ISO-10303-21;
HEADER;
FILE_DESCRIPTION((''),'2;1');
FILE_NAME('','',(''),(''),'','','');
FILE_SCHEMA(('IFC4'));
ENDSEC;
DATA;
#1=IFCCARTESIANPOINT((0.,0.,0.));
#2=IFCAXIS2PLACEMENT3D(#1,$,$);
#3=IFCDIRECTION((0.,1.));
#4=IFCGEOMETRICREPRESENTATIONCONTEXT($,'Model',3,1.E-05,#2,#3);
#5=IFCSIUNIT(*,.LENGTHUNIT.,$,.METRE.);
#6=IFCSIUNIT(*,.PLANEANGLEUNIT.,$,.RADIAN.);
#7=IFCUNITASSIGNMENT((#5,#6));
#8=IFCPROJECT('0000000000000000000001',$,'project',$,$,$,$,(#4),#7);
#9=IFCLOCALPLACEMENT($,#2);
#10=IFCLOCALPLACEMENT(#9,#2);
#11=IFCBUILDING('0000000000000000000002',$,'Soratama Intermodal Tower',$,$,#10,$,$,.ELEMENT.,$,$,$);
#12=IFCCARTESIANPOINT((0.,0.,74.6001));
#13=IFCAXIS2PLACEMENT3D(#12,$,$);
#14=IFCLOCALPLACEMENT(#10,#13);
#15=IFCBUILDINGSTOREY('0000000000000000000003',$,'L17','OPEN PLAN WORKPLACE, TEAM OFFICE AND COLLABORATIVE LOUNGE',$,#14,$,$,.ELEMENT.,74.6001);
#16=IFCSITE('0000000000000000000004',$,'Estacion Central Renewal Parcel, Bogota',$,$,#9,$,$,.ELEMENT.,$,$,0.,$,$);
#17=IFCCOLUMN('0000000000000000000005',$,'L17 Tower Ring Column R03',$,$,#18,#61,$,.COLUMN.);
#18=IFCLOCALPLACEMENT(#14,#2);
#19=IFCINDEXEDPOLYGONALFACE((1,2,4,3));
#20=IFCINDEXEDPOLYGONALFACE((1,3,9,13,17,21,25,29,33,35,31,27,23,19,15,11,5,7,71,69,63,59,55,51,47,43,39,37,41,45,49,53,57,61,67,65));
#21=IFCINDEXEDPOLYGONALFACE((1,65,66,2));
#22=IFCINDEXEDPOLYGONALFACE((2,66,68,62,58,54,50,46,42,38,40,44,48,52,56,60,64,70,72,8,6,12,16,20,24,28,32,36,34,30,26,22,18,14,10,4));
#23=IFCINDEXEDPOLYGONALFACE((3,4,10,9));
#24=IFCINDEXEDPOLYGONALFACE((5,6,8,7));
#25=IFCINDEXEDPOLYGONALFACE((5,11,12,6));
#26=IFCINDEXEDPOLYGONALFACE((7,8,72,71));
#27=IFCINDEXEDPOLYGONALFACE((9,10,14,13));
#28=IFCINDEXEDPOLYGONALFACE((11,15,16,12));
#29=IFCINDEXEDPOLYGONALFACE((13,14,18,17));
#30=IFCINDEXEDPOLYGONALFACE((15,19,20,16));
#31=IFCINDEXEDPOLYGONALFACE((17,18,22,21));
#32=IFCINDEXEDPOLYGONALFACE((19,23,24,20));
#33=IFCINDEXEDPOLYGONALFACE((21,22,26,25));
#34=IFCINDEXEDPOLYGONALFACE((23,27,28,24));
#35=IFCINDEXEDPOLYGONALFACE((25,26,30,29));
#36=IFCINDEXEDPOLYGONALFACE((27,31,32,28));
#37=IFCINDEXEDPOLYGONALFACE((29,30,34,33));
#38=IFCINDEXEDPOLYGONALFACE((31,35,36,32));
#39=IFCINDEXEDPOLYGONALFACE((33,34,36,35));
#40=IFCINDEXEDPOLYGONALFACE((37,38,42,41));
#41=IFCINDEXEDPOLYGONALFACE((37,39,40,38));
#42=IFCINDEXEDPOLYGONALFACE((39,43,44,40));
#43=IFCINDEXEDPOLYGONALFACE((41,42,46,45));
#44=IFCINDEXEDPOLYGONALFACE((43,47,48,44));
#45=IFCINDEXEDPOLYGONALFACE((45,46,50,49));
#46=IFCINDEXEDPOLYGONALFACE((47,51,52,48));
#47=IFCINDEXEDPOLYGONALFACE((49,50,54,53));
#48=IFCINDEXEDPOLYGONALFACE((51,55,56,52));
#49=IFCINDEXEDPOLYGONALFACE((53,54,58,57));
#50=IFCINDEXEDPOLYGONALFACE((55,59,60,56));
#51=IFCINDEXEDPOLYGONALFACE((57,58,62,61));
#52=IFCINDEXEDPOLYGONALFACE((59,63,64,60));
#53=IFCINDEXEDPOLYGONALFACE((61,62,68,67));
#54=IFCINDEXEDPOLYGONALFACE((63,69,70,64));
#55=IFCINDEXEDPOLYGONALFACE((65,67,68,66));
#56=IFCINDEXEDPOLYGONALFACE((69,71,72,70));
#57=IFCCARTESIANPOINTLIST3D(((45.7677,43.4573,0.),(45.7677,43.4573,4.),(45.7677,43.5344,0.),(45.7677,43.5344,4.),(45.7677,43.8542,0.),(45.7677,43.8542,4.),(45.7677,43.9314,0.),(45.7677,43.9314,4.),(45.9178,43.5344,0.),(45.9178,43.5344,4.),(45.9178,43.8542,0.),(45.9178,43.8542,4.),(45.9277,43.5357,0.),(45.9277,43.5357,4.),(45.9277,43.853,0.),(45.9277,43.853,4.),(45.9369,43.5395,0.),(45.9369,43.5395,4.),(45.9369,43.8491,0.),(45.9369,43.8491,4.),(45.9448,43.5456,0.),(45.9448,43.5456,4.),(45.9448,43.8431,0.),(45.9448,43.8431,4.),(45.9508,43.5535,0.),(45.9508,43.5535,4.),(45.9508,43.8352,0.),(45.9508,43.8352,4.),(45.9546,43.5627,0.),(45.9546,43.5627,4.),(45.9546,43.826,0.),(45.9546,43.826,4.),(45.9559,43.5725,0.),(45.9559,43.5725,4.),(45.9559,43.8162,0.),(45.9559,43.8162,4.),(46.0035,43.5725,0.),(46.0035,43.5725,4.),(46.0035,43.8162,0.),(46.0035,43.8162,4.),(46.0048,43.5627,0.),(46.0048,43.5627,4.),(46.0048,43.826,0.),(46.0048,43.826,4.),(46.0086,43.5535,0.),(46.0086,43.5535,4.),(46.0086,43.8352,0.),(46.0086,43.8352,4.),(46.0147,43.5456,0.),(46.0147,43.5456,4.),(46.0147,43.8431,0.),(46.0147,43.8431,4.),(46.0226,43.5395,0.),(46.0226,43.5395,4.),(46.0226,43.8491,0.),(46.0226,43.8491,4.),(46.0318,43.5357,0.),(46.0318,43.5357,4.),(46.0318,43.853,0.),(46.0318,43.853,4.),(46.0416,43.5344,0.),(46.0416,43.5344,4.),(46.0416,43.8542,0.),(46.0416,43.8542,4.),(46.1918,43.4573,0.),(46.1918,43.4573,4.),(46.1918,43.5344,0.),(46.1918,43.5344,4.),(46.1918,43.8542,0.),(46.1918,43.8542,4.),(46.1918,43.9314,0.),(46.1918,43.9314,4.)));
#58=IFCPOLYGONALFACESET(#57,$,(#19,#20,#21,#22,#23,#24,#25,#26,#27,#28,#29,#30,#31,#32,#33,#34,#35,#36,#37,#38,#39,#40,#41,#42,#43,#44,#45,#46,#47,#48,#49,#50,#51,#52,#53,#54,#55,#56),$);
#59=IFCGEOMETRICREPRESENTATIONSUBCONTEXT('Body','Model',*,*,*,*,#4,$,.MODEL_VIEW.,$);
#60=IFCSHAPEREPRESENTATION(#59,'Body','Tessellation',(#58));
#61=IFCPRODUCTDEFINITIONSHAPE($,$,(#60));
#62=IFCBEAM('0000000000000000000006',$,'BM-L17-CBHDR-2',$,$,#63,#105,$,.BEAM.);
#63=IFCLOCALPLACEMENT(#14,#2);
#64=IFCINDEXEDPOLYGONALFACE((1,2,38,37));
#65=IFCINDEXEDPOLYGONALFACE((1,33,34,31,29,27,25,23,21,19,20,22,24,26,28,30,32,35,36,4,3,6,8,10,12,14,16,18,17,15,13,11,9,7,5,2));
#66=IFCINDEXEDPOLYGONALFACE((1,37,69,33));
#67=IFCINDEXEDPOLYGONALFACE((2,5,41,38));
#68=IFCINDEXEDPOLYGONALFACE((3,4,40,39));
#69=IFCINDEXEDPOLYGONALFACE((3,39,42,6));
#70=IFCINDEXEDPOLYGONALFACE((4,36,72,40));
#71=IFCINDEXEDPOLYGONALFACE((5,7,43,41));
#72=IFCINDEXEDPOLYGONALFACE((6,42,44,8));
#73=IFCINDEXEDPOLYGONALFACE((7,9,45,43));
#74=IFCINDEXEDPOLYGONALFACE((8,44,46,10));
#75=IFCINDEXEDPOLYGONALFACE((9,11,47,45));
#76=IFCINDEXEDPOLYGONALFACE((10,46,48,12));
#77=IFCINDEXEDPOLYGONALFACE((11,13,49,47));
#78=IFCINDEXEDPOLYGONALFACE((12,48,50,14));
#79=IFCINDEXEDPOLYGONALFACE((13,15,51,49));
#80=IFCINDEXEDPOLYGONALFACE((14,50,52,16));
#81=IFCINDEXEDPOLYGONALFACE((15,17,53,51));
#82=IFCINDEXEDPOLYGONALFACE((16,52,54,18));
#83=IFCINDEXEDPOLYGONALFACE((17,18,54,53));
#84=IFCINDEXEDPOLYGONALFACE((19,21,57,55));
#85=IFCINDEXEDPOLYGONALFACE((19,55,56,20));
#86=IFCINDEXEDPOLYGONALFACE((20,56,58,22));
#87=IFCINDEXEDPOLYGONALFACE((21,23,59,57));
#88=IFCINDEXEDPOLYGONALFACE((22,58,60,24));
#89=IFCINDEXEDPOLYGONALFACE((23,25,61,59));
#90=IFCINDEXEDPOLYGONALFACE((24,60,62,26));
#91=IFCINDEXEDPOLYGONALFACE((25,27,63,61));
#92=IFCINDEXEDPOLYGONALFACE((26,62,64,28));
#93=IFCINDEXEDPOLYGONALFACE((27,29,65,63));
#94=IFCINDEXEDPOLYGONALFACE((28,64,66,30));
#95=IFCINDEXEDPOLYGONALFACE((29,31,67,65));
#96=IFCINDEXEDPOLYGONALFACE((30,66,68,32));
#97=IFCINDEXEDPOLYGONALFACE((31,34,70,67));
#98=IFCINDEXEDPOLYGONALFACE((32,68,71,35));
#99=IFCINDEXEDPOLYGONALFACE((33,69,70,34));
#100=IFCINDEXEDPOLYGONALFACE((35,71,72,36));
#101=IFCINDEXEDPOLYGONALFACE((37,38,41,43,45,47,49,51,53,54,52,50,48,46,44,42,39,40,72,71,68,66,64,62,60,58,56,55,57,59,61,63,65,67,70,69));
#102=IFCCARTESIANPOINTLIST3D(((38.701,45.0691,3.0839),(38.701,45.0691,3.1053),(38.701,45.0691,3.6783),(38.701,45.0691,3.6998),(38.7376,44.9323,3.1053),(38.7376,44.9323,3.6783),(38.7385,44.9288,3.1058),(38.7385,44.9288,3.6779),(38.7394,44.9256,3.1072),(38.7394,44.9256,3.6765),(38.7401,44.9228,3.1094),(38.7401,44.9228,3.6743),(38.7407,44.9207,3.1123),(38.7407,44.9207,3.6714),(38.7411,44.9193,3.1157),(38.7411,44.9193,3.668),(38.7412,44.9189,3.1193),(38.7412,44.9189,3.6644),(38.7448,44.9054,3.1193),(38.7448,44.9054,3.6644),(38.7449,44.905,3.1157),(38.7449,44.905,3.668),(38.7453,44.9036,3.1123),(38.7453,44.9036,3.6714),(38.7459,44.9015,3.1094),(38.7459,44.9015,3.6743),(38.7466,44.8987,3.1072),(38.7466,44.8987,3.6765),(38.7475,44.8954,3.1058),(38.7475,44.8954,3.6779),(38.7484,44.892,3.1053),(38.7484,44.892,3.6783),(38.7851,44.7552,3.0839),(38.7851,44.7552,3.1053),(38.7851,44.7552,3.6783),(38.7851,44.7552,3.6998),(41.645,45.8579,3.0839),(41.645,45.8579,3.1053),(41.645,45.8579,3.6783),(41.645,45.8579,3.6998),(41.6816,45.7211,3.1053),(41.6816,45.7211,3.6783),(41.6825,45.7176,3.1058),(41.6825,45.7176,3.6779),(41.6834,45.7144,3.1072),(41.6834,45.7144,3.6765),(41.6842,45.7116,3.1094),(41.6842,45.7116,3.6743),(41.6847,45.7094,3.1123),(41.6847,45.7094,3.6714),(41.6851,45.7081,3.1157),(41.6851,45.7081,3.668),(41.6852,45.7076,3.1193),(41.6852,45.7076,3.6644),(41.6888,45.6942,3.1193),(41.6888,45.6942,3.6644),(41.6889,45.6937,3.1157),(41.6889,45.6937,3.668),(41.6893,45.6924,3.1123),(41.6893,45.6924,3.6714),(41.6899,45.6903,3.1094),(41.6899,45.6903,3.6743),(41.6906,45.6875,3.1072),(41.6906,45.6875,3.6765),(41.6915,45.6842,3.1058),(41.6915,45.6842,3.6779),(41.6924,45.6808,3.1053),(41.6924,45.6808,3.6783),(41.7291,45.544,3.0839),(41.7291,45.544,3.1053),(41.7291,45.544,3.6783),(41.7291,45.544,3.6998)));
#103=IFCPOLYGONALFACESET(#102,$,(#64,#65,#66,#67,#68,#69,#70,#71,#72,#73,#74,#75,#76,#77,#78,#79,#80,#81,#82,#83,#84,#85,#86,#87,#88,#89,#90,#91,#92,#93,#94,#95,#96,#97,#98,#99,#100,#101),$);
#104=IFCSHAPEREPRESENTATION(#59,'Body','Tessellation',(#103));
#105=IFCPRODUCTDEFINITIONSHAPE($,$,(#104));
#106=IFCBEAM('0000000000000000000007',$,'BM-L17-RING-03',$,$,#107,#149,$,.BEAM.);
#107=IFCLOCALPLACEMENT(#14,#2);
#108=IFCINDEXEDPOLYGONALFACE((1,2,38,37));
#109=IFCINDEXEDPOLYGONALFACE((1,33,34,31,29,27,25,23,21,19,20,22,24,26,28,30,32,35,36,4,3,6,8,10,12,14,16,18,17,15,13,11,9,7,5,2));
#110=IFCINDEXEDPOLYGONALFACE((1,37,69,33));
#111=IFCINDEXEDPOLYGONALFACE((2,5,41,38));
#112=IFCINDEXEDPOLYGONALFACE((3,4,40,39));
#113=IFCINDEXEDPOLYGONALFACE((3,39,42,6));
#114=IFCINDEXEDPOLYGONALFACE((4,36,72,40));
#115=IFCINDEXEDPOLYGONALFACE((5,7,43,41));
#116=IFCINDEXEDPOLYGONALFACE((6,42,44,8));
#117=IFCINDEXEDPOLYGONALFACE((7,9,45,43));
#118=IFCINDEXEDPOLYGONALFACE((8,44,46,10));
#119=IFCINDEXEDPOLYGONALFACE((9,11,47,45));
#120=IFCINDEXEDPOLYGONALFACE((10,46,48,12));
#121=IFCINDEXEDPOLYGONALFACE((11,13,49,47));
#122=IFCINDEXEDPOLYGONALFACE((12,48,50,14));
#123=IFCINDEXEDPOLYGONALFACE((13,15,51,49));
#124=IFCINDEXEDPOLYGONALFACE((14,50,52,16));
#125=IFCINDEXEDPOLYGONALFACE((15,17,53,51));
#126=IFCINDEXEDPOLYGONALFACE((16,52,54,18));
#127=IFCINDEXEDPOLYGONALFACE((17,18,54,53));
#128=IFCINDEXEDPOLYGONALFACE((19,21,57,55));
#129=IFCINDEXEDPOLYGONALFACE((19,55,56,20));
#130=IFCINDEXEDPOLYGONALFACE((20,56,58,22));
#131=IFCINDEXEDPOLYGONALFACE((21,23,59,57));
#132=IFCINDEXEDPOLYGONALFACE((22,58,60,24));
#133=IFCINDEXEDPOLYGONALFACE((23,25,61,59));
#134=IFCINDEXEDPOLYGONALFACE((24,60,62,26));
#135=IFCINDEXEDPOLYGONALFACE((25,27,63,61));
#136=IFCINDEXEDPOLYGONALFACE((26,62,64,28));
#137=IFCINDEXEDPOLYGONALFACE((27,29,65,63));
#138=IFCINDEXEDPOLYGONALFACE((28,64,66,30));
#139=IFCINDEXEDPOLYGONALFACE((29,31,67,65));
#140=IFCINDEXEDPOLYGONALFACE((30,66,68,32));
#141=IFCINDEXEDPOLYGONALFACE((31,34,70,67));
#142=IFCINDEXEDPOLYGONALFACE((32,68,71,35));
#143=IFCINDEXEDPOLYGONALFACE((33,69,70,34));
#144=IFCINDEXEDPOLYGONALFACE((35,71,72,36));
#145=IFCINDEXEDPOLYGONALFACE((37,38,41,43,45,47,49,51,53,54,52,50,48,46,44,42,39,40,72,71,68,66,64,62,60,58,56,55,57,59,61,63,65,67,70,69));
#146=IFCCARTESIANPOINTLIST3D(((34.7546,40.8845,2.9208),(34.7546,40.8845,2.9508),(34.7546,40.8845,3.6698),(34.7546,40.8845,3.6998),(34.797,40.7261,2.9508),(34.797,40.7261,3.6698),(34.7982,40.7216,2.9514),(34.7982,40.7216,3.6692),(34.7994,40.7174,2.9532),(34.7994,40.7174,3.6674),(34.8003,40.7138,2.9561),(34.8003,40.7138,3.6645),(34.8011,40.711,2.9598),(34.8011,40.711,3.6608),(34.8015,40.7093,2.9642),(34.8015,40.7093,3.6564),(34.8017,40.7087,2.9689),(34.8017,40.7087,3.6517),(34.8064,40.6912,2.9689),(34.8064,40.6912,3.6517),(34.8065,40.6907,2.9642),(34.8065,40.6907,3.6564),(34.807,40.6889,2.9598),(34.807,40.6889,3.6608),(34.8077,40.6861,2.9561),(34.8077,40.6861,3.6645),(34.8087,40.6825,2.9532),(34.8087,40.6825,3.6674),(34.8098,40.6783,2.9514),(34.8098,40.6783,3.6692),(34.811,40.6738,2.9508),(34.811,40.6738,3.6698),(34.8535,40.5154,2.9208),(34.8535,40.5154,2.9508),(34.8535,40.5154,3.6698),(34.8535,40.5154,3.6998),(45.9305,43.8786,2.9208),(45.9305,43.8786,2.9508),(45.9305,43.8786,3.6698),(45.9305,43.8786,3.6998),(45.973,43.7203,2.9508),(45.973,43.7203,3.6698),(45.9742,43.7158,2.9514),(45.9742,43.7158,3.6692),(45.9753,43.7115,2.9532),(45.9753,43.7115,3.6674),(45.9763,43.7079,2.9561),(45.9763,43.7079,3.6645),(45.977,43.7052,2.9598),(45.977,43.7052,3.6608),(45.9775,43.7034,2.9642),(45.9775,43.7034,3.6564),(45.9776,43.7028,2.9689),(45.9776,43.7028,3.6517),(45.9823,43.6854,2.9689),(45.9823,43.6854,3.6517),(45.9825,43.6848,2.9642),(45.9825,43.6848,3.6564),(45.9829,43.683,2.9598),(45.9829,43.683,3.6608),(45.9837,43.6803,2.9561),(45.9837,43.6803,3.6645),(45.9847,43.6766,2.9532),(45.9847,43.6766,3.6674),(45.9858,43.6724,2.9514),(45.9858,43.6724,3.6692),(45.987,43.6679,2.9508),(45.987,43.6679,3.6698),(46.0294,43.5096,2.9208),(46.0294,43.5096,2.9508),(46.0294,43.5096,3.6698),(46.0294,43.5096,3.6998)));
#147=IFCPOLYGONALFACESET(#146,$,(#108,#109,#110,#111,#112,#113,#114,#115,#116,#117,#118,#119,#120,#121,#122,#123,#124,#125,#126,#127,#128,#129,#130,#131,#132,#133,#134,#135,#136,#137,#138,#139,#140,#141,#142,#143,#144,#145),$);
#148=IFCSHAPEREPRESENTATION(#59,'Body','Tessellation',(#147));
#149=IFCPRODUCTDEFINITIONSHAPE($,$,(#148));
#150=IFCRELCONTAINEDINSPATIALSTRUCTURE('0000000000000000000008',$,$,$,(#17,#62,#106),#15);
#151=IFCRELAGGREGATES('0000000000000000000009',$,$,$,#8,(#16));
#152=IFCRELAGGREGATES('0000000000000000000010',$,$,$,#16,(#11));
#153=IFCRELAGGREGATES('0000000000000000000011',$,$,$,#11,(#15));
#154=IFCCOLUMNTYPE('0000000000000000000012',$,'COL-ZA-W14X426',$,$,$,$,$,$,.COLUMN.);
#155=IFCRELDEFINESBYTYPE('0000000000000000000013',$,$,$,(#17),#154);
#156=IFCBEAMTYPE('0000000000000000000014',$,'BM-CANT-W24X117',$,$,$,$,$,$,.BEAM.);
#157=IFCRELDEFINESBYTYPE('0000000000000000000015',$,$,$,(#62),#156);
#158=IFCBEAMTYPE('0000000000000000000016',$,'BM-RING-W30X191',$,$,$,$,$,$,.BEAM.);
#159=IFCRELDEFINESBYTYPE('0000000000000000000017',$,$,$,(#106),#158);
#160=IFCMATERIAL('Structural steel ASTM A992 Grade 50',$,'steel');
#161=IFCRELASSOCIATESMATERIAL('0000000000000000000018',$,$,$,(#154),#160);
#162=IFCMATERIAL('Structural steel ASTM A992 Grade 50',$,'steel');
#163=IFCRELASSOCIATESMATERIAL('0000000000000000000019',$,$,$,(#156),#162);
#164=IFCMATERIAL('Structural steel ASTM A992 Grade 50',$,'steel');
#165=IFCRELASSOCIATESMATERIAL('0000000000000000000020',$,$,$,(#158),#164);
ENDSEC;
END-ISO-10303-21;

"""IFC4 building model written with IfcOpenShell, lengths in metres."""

from ifc_helpers import new_model, si_unit, direction, frame, origin, origin_2d, place, context, subcontext, project, spatial, i_section, extrude, material, material_profile, profile_set, type_object, element, save


model = new_model("IFC4")

# Units and contexts
model_context = context("Model", 3, precision=1e-05, world=origin(), true_north=direction((0.0, 1.0)))
body_context = subcontext(model_context, "Body", "Model", "MODEL_VIEW")
ifc_project = project(units=[si_unit("LENGTHUNIT", "METRE"), si_unit("PLANEANGLEUNIT", "RADIAN")], contexts=[model_context])

# Site, building, storey
site_placement = place(None, origin())
site = spatial("IfcSite", under=ifc_project, at=site_placement, Name="Estacion Central Renewal Parcel, Bogota", CompositionType="ELEMENT", RefElevation=0.0)
building_placement = place(site_placement, origin())
building = spatial("IfcBuilding", under=site, at=building_placement, Name="Soratama Intermodal Tower", CompositionType="ELEMENT")
storey_placement = place(building_placement, frame((0.0, 0.0, 74.6001)))
storey = spatial("IfcBuildingStorey", under=building, at=storey_placement, Name="L17", Description="OPEN PLAN WORKPLACE, TEAM OFFICE AND COLLABORATIVE LOUNGE", CompositionType="ELEMENT", Elevation=74.6001)

# Column
ifc_material_1 = material(Name="Structural steel ASTM A992 Grade 50", Category="steel")
ifc_material_profile_1 = material_profile(ifc_material_1, i_section(OverallWidth=0.4241, OverallDepth=0.4741, WebThickness=0.0476, FlangeThickness=0.0771, FilletRadius=0.0381, at=origin_2d()), Name="W14X426")
ifc_profile_set_1 = profile_set([ifc_material_profile_1], Name="Structural steel ASTM A992 Grade 50")
column_type = type_object("IfcColumnType", Name="COL-ZA-W14X426", PredefinedType="COLUMN", material=ifc_profile_set_1)
column_placement = place(storey_placement, frame((45.9797, 43.6943, 0.0), z_axis=(0.0, 0.0, 1.0), x_axis=(1.0, 0.0, 0.0)))
element("IfcColumn", 1, at=column_placement, inside=storey, type_object=column_type, Name="L17 Tower Ring Column R03", PredefinedType="COLUMN", context=body_context, shape_type="SweptSolid", body=[
    extrude(i_section(OverallWidth=0.4241, OverallDepth=0.4741, WebThickness=0.0476, FlangeThickness=0.0771, FilletRadius=0.0381, at=origin_2d()), origin(), (0.0, 0.0, 1.0), 4.0),
])

# Beams
ifc_material_2 = material(Name="Structural steel ASTM A992 Grade 50", Category="steel")
ifc_material_profile_2 = material_profile(ifc_material_2, i_section(OverallWidth=0.325, OverallDepth=0.616, WebThickness=0.0139, FlangeThickness=0.0215, FilletRadius=0.0139, at=origin_2d()), Name="W24X117")
ifc_profile_set_2 = profile_set([ifc_material_profile_2], Name="Structural steel ASTM A992 Grade 50")
beam_type_1 = type_object("IfcBeamType", Name="BM-CANT-W24X117", PredefinedType="BEAM", material=ifc_profile_set_2)
beam_1_placement = place(storey_placement, frame((41.687, 45.7009, 3.3918), z_axis=(-0.96593, -0.258804, 0.0), x_axis=(0.258804, -0.96593, 0.0)))
element("IfcBeam", 2, at=beam_1_placement, inside=storey, type_object=beam_type_1, Name="BM-L17-CBHDR-2", PredefinedType="BEAM", context=body_context, shape_type="SweptSolid", body=[
    extrude(i_section(OverallWidth=0.325, OverallDepth=0.616, WebThickness=0.0139, FlangeThickness=0.0215, FilletRadius=0.0139, at=origin_2d()), origin(), (0.0, 0.0, 1.0), 3.0479),
])
ifc_material_3 = material(Name="Structural steel ASTM A992 Grade 50", Category="steel")
ifc_material_profile_3 = material_profile(ifc_material_3, i_section(OverallWidth=0.3821, OverallDepth=0.7791, WebThickness=0.0181, FlangeThickness=0.03, FilletRadius=0.0181, at=origin_2d()), Name="W30X191")
ifc_profile_set_3 = profile_set([ifc_material_profile_3], Name="Structural steel ASTM A992 Grade 50")
beam_type_2 = type_object("IfcBeamType", Name="BM-RING-W30X191", PredefinedType="BEAM", material=ifc_profile_set_3)
beam_2_placement = place(storey_placement, frame((45.98, 43.6941, 3.3103), z_axis=(-0.965936, -0.258781, 0.0), x_axis=(0.258781, -0.965936, 0.0)))
element("IfcBeam", 3, at=beam_2_placement, inside=storey, type_object=beam_type_2, Name="BM-L17-RING-03", PredefinedType="BEAM", context=body_context, shape_type="SweptSolid", body=[
    extrude(i_section(OverallWidth=0.3821, OverallDepth=0.7791, WebThickness=0.0181, FlangeThickness=0.03, FilletRadius=0.0181, at=origin_2d()), origin(), (0.0, 0.0, 1.0), 11.5701),
])

save(model, "model.ifc")
